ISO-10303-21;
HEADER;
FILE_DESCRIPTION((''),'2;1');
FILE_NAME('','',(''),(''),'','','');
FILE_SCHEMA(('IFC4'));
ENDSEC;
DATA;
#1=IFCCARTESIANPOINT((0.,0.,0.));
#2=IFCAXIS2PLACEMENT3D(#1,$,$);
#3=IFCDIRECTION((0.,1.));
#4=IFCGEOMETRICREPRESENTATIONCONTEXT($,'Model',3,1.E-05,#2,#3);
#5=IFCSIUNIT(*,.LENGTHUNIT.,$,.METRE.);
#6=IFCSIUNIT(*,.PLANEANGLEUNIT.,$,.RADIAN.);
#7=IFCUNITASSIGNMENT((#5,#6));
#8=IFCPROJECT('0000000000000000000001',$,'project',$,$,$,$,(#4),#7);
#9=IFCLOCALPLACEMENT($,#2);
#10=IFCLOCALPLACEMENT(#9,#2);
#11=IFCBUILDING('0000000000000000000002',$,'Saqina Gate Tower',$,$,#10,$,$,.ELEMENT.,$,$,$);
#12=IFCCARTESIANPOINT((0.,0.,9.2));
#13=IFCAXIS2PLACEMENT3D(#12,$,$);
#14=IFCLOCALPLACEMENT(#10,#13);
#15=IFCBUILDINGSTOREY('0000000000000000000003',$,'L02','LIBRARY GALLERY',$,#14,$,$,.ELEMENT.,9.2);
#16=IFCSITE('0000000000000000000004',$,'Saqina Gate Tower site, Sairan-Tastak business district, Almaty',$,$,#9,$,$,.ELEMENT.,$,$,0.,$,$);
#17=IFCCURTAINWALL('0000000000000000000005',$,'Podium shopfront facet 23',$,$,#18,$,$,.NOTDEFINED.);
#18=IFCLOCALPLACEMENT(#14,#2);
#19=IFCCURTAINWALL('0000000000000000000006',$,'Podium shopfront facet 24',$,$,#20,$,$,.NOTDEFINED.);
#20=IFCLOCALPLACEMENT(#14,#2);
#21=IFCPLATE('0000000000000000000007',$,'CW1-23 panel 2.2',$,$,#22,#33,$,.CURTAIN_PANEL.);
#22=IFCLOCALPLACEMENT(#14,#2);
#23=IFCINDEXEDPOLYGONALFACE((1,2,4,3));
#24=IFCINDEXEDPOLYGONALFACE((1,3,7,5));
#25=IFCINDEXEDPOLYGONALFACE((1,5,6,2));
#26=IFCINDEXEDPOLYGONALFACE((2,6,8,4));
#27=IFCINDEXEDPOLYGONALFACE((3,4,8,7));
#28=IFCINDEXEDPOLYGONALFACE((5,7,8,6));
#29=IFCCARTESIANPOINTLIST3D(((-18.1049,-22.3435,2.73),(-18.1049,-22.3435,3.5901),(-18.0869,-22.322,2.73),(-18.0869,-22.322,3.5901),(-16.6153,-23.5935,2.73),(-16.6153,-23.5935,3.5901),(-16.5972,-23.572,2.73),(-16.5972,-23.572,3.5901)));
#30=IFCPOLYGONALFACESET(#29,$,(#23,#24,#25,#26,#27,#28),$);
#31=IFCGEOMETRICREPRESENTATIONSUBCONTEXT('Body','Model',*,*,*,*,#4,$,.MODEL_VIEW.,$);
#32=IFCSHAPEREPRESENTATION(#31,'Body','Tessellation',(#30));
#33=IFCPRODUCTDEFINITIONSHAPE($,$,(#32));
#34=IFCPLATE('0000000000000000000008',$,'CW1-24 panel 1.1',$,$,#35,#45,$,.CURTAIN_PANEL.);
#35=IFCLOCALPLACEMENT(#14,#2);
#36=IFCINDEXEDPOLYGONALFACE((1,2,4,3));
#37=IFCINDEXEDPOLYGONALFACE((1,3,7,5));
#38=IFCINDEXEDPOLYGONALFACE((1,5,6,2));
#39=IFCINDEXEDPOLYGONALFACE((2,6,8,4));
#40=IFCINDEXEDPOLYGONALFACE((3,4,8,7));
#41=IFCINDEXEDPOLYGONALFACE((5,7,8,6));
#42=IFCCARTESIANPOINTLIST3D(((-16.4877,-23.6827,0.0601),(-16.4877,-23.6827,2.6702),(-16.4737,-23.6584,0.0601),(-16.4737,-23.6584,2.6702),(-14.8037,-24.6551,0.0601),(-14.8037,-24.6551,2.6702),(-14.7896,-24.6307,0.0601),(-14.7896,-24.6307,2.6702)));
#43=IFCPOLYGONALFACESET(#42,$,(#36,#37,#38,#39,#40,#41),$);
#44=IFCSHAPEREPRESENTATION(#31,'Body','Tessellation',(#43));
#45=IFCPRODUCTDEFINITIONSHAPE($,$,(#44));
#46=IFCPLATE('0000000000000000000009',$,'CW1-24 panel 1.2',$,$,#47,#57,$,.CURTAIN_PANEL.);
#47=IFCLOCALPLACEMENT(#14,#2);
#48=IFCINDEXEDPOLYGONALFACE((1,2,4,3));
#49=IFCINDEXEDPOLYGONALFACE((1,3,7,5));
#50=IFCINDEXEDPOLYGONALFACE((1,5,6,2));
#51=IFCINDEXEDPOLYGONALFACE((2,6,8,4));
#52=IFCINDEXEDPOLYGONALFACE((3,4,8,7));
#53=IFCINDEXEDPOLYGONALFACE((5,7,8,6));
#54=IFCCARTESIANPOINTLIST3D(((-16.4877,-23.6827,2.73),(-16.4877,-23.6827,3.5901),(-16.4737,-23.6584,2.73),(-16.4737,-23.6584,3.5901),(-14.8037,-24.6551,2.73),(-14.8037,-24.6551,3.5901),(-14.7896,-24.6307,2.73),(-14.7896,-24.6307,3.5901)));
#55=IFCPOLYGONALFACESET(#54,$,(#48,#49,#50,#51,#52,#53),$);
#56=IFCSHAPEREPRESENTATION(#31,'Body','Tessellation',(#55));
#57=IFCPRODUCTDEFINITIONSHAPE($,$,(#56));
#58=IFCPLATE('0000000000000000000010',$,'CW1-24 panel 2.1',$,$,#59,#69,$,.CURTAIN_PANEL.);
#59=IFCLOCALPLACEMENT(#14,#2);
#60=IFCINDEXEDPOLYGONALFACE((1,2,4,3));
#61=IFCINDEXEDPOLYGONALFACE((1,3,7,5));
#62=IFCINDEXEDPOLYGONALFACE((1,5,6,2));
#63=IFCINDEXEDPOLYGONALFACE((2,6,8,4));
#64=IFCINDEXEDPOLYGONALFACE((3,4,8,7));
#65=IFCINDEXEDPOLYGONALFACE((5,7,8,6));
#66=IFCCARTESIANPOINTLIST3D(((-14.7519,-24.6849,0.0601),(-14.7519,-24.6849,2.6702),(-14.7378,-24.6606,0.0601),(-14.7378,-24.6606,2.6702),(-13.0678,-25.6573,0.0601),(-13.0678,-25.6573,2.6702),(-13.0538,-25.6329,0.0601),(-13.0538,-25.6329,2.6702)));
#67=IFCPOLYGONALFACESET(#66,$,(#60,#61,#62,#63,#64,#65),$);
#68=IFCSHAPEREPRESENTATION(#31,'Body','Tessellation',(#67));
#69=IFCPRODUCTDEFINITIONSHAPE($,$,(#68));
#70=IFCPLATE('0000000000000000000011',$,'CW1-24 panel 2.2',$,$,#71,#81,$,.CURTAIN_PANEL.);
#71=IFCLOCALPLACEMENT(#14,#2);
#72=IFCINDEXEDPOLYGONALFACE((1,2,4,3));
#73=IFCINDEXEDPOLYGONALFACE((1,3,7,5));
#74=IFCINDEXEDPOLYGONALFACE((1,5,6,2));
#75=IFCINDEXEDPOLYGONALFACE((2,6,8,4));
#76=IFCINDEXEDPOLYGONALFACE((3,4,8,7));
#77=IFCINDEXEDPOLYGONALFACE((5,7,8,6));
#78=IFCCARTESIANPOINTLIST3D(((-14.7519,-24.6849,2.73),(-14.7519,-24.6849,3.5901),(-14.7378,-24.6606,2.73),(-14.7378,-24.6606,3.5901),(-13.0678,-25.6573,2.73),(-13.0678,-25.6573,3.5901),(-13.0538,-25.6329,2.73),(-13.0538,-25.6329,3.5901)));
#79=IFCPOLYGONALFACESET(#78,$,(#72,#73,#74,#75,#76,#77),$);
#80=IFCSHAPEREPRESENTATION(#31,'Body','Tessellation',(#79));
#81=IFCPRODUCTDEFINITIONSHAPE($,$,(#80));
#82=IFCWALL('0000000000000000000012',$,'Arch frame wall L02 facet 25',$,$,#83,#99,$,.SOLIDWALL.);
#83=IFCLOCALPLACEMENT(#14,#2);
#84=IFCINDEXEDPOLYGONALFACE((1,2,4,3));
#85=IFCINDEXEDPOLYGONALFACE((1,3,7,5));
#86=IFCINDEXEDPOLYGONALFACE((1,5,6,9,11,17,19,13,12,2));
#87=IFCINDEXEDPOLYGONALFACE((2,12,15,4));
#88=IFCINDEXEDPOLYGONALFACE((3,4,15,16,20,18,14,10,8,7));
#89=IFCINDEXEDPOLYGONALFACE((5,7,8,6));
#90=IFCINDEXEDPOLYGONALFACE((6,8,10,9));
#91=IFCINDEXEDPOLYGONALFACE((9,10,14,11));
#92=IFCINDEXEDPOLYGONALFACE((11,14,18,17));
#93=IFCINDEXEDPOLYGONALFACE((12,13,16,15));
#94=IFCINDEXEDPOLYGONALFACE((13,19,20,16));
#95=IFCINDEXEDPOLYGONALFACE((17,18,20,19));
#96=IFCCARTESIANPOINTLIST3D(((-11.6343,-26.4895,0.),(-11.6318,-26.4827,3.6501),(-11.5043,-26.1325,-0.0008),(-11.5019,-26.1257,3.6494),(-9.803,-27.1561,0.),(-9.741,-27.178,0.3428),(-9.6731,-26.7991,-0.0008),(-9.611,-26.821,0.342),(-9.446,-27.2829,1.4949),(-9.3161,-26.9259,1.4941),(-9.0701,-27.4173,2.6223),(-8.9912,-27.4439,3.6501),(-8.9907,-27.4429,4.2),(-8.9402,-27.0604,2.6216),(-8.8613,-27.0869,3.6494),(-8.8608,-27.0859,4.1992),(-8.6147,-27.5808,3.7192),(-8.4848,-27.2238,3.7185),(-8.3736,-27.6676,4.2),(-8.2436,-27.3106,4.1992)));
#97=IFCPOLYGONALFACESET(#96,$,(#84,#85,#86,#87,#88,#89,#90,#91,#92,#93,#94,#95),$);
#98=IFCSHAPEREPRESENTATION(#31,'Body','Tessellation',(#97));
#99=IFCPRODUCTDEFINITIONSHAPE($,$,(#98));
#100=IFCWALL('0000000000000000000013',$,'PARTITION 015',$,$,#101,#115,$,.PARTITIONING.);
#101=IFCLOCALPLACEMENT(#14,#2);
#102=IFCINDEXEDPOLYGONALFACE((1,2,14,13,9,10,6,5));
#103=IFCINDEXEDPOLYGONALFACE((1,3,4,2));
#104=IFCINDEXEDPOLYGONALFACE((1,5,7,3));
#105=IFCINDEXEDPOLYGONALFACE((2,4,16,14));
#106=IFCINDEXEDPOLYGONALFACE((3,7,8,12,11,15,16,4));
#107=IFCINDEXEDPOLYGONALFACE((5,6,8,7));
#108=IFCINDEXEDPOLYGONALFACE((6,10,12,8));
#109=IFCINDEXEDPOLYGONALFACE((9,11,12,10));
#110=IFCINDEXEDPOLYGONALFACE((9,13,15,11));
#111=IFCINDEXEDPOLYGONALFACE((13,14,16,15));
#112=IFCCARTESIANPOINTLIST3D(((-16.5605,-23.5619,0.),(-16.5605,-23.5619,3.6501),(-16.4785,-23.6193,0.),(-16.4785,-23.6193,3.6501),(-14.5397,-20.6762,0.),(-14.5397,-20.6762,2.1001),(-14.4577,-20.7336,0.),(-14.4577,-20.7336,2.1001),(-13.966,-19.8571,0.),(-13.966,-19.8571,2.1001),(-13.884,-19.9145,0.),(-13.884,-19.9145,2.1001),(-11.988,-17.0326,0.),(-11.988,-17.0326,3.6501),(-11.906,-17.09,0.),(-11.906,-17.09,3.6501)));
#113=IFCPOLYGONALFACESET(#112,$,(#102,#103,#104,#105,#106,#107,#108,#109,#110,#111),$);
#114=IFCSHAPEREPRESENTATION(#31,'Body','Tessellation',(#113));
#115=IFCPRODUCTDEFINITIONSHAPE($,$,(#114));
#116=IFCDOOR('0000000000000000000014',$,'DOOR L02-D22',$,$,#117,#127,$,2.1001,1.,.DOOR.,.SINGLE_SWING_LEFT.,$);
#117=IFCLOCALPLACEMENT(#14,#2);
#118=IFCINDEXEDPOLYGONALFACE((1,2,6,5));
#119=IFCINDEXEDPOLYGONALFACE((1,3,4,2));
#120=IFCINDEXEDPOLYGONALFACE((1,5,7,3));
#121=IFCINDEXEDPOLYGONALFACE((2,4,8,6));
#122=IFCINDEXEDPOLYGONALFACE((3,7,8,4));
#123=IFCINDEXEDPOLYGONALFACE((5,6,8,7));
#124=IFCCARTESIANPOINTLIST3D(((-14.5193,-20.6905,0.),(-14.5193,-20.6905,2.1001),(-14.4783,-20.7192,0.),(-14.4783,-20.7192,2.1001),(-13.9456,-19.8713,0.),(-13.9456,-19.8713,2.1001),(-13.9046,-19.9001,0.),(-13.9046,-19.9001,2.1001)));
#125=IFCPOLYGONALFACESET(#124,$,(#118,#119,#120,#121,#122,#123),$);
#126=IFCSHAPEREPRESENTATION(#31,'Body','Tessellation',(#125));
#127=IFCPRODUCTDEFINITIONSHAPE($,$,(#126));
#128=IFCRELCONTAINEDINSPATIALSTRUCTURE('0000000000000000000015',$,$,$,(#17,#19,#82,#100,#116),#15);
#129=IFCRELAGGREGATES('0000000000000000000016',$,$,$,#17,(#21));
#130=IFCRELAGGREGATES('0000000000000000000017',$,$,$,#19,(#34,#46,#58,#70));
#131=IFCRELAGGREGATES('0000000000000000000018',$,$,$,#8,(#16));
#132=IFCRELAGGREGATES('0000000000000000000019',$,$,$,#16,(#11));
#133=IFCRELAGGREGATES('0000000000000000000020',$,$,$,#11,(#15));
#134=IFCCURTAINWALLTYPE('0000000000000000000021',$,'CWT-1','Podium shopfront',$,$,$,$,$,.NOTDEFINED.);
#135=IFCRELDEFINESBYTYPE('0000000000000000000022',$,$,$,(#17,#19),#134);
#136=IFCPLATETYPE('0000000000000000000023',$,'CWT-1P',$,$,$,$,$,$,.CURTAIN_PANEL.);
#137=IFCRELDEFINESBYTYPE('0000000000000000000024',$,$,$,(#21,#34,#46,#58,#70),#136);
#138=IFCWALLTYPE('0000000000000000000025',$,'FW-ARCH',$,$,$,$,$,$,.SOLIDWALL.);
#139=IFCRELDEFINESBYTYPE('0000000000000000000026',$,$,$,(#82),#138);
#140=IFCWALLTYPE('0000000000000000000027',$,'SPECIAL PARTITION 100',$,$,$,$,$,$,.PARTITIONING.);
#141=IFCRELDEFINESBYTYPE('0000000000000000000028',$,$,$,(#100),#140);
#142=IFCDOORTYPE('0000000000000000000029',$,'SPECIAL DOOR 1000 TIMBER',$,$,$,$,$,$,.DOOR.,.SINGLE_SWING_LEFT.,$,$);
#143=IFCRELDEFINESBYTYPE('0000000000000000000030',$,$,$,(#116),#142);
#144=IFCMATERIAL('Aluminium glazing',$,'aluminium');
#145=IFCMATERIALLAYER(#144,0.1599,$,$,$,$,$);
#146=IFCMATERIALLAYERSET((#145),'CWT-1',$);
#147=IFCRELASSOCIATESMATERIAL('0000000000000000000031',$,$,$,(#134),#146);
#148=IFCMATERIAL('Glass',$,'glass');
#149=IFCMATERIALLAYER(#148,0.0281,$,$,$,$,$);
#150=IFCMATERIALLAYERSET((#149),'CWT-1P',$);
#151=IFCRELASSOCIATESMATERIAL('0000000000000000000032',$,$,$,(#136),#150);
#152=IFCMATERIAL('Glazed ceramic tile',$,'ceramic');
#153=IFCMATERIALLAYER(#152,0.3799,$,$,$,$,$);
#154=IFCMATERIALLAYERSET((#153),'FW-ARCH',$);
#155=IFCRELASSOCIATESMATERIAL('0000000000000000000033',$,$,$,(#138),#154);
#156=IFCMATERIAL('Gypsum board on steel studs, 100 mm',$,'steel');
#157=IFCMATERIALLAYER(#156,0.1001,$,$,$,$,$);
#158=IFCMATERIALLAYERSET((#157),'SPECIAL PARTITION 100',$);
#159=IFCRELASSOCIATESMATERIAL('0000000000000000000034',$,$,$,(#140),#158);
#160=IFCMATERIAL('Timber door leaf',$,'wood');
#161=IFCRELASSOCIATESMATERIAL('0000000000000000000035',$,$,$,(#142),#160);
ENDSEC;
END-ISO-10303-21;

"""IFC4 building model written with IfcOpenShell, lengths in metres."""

from ifc_helpers import new_model, si_unit, direction, frame, frame_2d, origin, origin_2d, place, context, subcontext, project, spatial, polyline, rectangle, outline, extrude, material, layer, layer_set, type_object, element, fill, aggregate, save


model = new_model("IFC4")

# Units and contexts
model_context = context("Model", 3, precision=1e-05, world=origin(), true_north=direction((0.0, 1.0)))
body_context = subcontext(model_context, "Body", "Model", "MODEL_VIEW")
ifc_project = project(units=[si_unit("LENGTHUNIT", "METRE"), si_unit("PLANEANGLEUNIT", "RADIAN")], contexts=[model_context])

# Site, building, storey
site_placement = place(None, origin())
site = spatial("IfcSite", under=ifc_project, at=site_placement, Name="Saqina Gate Tower site, Sairan-Tastak business district, Almaty", CompositionType="ELEMENT", RefElevation=0.0)
building_placement = place(site_placement, origin())
building = spatial("IfcBuilding", under=site, at=building_placement, Name="Saqina Gate Tower", CompositionType="ELEMENT")
storey_placement = place(building_placement, frame((0.0, 0.0, 9.2)))
storey = spatial("IfcBuildingStorey", under=building, at=storey_placement, Name="L02", Description="LIBRARY GALLERY", CompositionType="ELEMENT", Elevation=9.2)

# Curtain wall
ifc_material_1 = material(Name="Aluminium glazing", Category="aluminium")
ifc_layer_1 = layer(ifc_material_1, 0.1599)
ifc_layer_set_1 = layer_set([ifc_layer_1], Name="CWT-1")
curtain_wall_type = type_object("IfcCurtainWallType", Name="CWT-1", Description="Podium shopfront", PredefinedType="NOTDEFINED", material=ifc_layer_set_1)
curtain_wall_1_placement = place(storey_placement, origin())
curtain_wall_1 = element("IfcCurtainWall", 1, at=curtain_wall_1_placement, inside=storey, type_object=curtain_wall_type, Name="Podium shopfront facet 23", PredefinedType="NOTDEFINED")

# Curtain wall
curtain_wall_2_placement = place(storey_placement, origin())
curtain_wall_2 = element("IfcCurtainWall", 2, at=curtain_wall_2_placement, inside=storey, type_object=curtain_wall_type, Name="Podium shopfront facet 24", PredefinedType="NOTDEFINED")

# Plates
ifc_material_2 = material(Name="Glass", Category="glass")
ifc_layer_2 = layer(ifc_material_2, 0.0281)
ifc_layer_set_2 = layer_set([ifc_layer_2], Name="CWT-1P")
plate_type = type_object("IfcPlateType", Name="CWT-1P", PredefinedType="CURTAIN_PANEL", material=ifc_layer_set_2)
plate_1_placement = place(storey_placement, frame((-17.3511, -22.9578, 2.73), z_axis=(0.0, 0.0, 1.0), x_axis=(0.766051, -0.642779, 0.0)))
plate_1 = element("IfcPlate", 3, at=plate_1_placement, type_object=plate_type, Name="CW1-23 panel 2.2", PredefinedType="CURTAIN_PANEL", context=body_context, shape_type="SweptSolid", body=[
    extrude(rectangle(XDim=1.9446, YDim=0.0281, at=origin_2d()), origin(), (0.0, 0.0, 1.0), 0.8601),
])
aggregate(curtain_wall_1, [plate_1])
plate_2_placement = place(storey_placement, frame((-15.6387, -24.1567, 0.0601), z_axis=(0.0, 0.0, 1.0), x_axis=(0.866017, -0.500014, 0.0)))
plate_2 = element("IfcPlate", 4, at=plate_2_placement, type_object=plate_type, Name="CW1-24 panel 1.1", PredefinedType="CURTAIN_PANEL", context=body_context, shape_type="SweptSolid", body=[
    extrude(rectangle(XDim=1.9446, YDim=0.0281, at=origin_2d()), origin(), (0.0, 0.0, 1.0), 2.6101),
])
plate_3_placement = place(storey_placement, frame((-15.6387, -24.1567, 2.73), z_axis=(0.0, 0.0, 1.0), x_axis=(0.866017, -0.500014, 0.0)))
plate_3 = element("IfcPlate", 5, at=plate_3_placement, type_object=plate_type, Name="CW1-24 panel 1.2", PredefinedType="CURTAIN_PANEL", context=body_context, shape_type="SweptSolid", body=[
    extrude(rectangle(XDim=1.9446, YDim=0.0281, at=origin_2d()), origin(), (0.0, 0.0, 1.0), 0.8601),
])
plate_4_placement = place(storey_placement, frame((-13.9028, -25.1589, 0.0601), z_axis=(0.0, 0.0, 1.0), x_axis=(0.866017, -0.500014, 0.0)))
plate_4 = element("IfcPlate", 6, at=plate_4_placement, type_object=plate_type, Name="CW1-24 panel 2.1", PredefinedType="CURTAIN_PANEL", context=body_context, shape_type="SweptSolid", body=[
    extrude(rectangle(XDim=1.9446, YDim=0.0281, at=origin_2d()), origin(), (0.0, 0.0, 1.0), 2.6101),
])
plate_5_placement = place(storey_placement, frame((-13.9028, -25.1589, 2.73), z_axis=(0.0, 0.0, 1.0), x_axis=(0.866017, -0.500014, 0.0)))
plate_5 = element("IfcPlate", 7, at=plate_5_placement, type_object=plate_type, Name="CW1-24 panel 2.2", PredefinedType="CURTAIN_PANEL", context=body_context, shape_type="SweptSolid", body=[
    extrude(rectangle(XDim=1.9446, YDim=0.0281, at=origin_2d()), origin(), (0.0, 0.0, 1.0), 0.8601),
])
aggregate(curtain_wall_2, [plate_2, plate_3, plate_4, plate_5])

# Wall
ifc_material_3 = material(Name="Glazed ceramic tile", Category="ceramic")
ifc_layer_3 = layer(ifc_material_3, 0.3799)
ifc_layer_set_3 = layer_set([ifc_layer_3], Name="FW-ARCH")
wall_type_1 = type_object("IfcWallType", Name="FW-ARCH", PredefinedType="SOLIDWALL", material=ifc_layer_set_3)
wall_1_placement = place(storey_placement, frame((-11.6343, -26.4895, 0.0), z_axis=(-0.342052, -0.939679, 0.001984), x_axis=(0.000667, 0.001869, 0.999998)))
element("IfcWall", 8, at=wall_1_placement, inside=storey, type_object=wall_type_1, Name="Arch frame wall L02 facet 25", PredefinedType="SOLIDWALL", context=body_context, shape_type="SweptSolid", body=[
    extrude(outline(polyline([(0.0, 0.0), (3.6502, 0.0), (3.6501, -2.8101), (4.1999, -2.8103), (4.1999, -3.467), (3.7192, -3.2107), (2.6223, -2.7269), (1.4948, -2.3277), (0.3427, -2.0146), (0.0, -1.9488), (0.0, 0.0)])), origin(), (0.0, 0.0, -1.0), 0.3799),
])

# Wall, opening, door
ifc_material_4 = material(Name="Gypsum board on steel studs, 100 mm", Category="steel")
ifc_layer_4 = layer(ifc_material_4, 0.1001)
ifc_layer_set_4 = layer_set([ifc_layer_4], Name="SPECIAL PARTITION 100")
wall_type_2 = type_object("IfcWallType", Name="SPECIAL PARTITION 100", PredefinedType="PARTITIONING", material=ifc_layer_set_4)
wall_2_placement = place(storey_placement, frame((-16.5195, -23.5906, 0.0), z_axis=(0.0, 0.0, 1.0), x_axis=(0.573631, 0.819114, 0.0)))
wall_2 = element("IfcWall", 9, at=wall_2_placement, inside=storey, type_object=wall_type_2, Name="PARTITION 015", PredefinedType="PARTITIONING", context=body_context, shape_type="SweptSolid", body=[
    extrude(rectangle(XDim=7.9712, YDim=0.1001, at=frame_2d((3.9856, 0.0))), origin(), (0.0, 0.0, 1.0), 3.6501),
])
opening_1_placement = place(wall_2_placement, frame((3.5229, 0.0, 0.0)))
opening_1 = element("IfcOpeningElement", 10, at=opening_1_placement, cuts=wall_2, PredefinedType="OPENING", context=body_context, shape_type="SweptSolid", body=[
    extrude(rectangle(XDim=1.0, YDim=2.1001, at=frame_2d((0.5, 1.05))), frame((0.0, 0.062, 0.0), z_axis=(0.0, -1.0, 0.0), x_axis=(1.0, 0.0, 0.0)), (0.0, 0.0, 1.0), 0.124),
])
ifc_material_5 = material(Name="Timber door leaf", Category="wood")
door_type = type_object("IfcDoorType", Name="SPECIAL DOOR 1000 TIMBER", OperationType="SINGLE_SWING_LEFT", PredefinedType="DOOR", material=ifc_material_5)
door_placement = place(opening_1_placement, frame((1.0, 0.0, 0.0), z_axis=(0.0, 0.0, 1.0), x_axis=(-1.0, 0.0, 0.0)))
door = element("IfcDoor", 11, at=door_placement, inside=storey, type_object=door_type, Name="DOOR L02-D22", OperationType="SINGLE_SWING_LEFT", OverallHeight=2.1001, OverallWidth=1.0, PredefinedType="DOOR", context=body_context, shape_type="SweptSolid", body=[
    extrude(rectangle(XDim=1.0, YDim=2.1001, at=frame_2d((0.5, 1.05))), frame((0.0, 0.0249, 0.0), z_axis=(0.0, -1.0, 0.0), x_axis=(1.0, 0.0, 0.0)), (0.0, 0.0, 1.0), 0.05),
])
fill(opening_1, door)

save(model, "model.ifc")
